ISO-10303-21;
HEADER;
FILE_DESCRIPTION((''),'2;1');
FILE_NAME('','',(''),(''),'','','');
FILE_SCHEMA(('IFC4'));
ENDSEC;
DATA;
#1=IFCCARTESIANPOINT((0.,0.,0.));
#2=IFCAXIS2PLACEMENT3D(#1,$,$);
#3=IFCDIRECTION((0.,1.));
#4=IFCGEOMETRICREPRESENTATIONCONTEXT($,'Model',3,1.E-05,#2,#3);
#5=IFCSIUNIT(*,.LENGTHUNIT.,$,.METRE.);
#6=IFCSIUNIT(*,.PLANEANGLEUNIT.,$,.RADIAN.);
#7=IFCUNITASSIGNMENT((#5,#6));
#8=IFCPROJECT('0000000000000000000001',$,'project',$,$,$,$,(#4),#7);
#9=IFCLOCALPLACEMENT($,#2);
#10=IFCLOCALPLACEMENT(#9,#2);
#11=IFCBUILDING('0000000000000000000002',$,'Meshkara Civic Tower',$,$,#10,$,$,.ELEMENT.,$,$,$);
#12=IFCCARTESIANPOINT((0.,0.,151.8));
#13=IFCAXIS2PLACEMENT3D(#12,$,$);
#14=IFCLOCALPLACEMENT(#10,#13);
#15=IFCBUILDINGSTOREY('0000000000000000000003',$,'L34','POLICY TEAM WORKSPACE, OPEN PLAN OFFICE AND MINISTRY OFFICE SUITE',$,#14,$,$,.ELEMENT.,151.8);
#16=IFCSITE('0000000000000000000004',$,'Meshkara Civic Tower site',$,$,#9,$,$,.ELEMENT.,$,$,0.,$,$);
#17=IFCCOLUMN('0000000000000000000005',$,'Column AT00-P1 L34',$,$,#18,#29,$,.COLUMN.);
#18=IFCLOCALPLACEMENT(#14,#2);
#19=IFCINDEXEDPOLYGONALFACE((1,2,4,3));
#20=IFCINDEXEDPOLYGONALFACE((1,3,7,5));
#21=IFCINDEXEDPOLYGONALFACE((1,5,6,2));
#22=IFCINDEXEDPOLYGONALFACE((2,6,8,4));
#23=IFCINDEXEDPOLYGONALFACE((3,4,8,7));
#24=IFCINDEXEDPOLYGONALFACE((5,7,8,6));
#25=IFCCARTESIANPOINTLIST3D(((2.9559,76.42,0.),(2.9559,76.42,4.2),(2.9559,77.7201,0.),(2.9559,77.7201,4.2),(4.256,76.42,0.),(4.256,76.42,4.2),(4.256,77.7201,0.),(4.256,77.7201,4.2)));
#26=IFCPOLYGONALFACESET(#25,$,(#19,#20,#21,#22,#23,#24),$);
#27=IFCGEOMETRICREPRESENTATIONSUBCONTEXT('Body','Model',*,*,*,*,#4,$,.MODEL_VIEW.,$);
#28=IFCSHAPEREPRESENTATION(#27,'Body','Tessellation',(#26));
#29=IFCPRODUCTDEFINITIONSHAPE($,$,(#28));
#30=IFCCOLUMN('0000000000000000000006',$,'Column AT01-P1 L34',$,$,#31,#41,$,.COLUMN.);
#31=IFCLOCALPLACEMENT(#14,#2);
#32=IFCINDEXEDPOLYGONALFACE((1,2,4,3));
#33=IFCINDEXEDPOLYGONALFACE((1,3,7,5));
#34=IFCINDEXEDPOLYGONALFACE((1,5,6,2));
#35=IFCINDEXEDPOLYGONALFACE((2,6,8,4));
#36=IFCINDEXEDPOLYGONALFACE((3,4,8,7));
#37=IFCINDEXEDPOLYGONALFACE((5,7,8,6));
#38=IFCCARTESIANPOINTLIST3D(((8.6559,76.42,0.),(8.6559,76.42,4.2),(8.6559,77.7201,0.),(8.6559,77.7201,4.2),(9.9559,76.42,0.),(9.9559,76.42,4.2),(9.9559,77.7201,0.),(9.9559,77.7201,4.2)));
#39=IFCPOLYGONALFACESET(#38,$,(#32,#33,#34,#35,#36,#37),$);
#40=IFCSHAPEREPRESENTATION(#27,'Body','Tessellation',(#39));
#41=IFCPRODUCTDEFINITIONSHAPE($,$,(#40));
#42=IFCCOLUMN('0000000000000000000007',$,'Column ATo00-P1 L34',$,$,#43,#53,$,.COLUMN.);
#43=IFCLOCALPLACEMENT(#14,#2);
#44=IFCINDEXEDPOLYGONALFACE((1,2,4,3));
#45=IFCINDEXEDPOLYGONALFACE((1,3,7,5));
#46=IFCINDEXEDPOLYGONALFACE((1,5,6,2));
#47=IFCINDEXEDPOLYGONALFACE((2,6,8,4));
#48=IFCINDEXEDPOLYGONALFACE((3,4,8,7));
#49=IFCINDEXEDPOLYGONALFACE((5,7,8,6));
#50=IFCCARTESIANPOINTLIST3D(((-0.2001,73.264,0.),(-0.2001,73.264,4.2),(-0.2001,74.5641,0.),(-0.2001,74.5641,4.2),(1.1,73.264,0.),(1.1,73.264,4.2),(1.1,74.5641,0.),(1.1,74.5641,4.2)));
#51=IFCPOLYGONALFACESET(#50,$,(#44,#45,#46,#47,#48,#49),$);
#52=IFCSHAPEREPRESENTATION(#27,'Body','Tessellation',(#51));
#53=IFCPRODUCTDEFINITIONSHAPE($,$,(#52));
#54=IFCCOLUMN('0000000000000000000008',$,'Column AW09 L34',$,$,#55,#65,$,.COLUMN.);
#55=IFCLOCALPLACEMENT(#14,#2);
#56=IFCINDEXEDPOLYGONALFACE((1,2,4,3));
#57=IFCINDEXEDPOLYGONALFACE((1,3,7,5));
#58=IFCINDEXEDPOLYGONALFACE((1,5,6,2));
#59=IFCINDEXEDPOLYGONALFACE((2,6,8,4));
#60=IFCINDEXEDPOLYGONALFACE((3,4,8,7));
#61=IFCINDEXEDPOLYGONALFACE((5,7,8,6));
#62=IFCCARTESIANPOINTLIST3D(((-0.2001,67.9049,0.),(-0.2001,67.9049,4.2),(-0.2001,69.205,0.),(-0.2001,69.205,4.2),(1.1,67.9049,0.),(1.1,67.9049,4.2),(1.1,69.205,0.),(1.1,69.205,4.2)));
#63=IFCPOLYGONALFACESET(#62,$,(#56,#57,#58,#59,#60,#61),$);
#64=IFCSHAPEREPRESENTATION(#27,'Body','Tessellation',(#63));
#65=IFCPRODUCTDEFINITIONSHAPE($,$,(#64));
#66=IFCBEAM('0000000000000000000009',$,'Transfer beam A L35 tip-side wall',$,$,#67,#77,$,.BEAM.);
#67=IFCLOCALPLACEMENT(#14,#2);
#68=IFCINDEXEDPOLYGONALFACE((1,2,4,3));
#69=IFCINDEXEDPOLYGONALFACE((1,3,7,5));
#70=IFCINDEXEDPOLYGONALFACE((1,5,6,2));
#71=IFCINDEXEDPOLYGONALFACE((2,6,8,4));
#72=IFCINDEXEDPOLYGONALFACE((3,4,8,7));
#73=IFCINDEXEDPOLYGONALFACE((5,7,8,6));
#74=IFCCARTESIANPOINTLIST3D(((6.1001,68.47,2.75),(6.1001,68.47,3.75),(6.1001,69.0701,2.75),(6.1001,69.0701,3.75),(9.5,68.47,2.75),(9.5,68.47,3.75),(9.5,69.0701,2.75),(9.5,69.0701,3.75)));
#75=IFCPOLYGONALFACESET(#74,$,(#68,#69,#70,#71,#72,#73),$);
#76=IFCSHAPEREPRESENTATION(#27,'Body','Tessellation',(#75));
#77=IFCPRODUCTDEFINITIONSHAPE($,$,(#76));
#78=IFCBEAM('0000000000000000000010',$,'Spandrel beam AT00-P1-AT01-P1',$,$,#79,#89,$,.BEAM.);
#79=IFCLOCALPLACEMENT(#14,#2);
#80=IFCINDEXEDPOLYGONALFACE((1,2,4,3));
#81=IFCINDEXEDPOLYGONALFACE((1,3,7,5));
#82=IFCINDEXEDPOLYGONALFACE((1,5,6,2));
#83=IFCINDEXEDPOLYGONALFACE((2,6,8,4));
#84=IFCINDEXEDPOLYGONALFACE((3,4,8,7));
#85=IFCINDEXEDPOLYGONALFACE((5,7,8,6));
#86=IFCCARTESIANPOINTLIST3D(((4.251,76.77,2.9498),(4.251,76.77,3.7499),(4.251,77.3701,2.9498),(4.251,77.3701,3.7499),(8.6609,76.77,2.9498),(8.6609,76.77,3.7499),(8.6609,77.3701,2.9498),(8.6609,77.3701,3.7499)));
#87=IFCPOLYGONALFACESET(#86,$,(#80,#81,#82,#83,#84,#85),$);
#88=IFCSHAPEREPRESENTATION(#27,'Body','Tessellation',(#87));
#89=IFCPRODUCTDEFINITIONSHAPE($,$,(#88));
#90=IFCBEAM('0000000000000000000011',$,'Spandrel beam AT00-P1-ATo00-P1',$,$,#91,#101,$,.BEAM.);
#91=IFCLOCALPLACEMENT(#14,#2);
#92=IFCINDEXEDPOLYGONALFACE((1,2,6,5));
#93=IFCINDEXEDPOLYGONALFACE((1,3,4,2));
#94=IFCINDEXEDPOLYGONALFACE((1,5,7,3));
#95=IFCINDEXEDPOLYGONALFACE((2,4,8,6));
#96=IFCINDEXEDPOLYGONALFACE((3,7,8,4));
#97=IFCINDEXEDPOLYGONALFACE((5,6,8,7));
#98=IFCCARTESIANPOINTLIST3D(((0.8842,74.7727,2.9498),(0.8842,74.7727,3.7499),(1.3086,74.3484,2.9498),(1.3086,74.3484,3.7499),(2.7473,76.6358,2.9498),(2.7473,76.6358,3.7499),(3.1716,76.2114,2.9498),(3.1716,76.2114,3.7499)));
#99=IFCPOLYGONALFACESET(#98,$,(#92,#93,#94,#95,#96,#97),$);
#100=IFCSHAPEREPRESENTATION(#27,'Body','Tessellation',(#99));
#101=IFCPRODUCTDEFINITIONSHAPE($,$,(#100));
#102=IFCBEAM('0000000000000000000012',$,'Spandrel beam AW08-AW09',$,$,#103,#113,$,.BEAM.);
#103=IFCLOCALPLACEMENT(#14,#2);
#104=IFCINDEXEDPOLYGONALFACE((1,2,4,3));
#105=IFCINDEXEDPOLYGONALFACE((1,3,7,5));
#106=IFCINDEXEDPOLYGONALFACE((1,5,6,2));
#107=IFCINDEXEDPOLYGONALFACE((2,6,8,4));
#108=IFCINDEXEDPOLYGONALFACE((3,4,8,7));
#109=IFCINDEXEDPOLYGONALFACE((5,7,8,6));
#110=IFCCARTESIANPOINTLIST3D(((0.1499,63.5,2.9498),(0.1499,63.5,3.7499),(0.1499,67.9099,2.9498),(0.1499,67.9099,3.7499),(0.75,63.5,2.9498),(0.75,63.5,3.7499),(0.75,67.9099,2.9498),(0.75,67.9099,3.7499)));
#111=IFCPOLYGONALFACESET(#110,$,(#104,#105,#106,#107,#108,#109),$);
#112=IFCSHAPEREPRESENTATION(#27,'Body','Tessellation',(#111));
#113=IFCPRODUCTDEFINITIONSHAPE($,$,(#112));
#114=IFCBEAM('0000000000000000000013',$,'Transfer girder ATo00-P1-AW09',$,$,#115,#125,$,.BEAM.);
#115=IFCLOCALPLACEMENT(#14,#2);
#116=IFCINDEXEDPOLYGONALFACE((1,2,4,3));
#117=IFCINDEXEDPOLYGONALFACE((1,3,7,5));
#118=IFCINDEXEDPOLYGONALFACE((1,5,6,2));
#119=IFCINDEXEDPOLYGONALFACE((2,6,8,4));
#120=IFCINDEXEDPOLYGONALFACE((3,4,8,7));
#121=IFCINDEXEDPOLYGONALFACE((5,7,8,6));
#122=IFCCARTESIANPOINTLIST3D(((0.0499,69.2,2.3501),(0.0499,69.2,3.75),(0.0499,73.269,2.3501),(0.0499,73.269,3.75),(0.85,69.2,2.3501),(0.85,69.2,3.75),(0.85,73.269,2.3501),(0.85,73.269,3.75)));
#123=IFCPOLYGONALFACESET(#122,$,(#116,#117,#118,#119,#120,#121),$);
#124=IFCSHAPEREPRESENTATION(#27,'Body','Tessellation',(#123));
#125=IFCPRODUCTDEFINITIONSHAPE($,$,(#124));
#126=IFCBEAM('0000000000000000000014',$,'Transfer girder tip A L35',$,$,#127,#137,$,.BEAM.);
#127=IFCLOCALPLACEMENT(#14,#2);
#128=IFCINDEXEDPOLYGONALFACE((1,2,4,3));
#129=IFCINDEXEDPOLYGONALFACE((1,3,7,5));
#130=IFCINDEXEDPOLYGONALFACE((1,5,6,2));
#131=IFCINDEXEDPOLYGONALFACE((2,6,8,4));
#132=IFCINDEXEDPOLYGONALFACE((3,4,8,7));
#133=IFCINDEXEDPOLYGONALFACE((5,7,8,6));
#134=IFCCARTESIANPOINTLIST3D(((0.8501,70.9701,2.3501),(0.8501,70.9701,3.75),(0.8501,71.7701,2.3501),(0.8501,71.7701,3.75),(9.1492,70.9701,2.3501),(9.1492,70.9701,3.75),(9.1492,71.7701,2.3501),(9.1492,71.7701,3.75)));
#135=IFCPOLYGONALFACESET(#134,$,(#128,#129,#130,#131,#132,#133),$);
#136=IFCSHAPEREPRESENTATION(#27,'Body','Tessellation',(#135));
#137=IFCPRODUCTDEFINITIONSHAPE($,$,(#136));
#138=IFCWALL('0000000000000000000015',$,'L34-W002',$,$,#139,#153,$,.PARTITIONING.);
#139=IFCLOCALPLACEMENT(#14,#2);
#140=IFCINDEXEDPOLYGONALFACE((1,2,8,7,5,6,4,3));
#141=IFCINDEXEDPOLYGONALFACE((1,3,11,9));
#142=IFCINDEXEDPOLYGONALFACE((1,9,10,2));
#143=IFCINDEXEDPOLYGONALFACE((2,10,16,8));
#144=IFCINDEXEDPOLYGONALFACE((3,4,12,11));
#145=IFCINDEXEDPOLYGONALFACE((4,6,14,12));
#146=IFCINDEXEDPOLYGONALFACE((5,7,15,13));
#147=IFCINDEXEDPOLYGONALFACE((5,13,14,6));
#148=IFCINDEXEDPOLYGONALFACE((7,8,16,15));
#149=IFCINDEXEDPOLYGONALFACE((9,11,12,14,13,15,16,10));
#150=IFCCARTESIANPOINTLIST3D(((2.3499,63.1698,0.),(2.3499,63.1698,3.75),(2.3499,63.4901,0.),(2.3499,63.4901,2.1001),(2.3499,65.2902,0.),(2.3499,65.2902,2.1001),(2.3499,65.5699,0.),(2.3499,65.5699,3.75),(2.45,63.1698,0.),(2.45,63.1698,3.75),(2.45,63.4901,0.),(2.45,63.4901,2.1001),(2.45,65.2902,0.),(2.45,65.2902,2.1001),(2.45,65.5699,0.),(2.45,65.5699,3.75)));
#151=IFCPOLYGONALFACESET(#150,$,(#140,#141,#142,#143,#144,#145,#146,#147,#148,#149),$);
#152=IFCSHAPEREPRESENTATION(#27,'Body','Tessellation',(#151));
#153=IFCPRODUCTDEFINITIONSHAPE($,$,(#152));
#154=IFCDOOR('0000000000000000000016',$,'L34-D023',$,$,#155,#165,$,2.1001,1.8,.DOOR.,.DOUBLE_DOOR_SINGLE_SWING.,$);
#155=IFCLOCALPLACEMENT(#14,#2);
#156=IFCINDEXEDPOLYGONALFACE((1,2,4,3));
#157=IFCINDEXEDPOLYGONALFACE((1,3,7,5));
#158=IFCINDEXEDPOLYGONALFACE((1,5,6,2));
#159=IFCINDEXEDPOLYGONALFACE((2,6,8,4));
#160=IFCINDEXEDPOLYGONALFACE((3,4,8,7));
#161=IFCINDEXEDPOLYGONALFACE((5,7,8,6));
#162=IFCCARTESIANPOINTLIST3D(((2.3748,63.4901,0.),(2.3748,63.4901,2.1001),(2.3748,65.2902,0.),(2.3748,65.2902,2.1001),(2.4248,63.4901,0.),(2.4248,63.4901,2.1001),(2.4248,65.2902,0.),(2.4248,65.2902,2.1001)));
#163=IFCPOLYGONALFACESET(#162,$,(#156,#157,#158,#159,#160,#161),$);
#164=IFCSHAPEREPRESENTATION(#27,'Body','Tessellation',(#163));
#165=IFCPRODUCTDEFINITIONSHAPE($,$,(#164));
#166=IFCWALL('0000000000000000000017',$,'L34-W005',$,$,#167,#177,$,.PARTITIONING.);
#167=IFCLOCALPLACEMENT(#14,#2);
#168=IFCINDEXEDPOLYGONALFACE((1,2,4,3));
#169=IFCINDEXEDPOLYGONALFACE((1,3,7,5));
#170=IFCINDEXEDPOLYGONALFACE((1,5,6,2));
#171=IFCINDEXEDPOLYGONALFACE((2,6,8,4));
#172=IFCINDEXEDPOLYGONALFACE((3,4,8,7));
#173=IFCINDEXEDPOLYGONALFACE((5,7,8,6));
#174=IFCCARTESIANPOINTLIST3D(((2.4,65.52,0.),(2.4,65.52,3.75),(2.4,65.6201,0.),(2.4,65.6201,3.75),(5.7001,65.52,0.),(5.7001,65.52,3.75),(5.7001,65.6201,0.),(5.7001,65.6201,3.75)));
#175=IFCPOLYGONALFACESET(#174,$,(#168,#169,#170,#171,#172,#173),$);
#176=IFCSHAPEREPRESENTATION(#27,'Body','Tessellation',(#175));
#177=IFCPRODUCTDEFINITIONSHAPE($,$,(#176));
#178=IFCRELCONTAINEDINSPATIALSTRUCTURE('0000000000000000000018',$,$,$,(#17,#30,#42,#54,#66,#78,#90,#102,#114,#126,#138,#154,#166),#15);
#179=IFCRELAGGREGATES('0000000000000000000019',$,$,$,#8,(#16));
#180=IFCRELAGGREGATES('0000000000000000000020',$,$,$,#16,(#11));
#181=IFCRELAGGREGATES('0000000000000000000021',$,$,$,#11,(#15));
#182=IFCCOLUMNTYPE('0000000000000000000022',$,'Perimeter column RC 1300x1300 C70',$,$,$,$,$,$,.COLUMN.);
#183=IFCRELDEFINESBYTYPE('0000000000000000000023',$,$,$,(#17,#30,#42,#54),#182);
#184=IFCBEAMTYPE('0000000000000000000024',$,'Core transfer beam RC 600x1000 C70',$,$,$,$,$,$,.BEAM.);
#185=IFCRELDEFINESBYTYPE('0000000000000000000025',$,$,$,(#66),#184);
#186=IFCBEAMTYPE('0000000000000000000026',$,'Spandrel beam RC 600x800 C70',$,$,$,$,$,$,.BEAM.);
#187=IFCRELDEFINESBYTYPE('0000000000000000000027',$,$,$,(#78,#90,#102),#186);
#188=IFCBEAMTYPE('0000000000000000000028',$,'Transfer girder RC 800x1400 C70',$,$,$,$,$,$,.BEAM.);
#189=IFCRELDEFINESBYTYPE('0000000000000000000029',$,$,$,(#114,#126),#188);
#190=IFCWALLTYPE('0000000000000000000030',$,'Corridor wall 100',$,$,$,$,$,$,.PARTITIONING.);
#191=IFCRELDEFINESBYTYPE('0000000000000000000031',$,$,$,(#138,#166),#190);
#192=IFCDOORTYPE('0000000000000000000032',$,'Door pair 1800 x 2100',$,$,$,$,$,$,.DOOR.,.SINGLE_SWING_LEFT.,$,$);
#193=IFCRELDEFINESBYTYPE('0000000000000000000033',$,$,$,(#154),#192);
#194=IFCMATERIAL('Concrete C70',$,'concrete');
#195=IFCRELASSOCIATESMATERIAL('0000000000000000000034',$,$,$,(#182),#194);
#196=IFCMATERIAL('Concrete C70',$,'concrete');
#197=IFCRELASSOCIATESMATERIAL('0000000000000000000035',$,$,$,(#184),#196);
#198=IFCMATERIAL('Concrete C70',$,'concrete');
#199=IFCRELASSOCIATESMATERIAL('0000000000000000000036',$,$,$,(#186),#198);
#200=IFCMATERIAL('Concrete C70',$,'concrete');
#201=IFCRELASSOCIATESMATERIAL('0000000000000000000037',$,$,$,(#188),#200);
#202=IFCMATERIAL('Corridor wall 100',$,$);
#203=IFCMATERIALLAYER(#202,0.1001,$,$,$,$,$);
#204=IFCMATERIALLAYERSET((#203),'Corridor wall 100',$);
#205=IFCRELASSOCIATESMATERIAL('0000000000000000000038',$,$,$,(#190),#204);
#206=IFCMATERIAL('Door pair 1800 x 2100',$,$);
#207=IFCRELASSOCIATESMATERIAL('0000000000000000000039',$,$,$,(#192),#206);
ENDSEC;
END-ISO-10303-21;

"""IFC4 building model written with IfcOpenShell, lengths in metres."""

from ifc_helpers import new_model, si_unit, direction, frame, frame_2d, origin, origin_2d, place, context, subcontext, project, spatial, rectangle, extrude, material, layer, layer_set, material_profile, profile_set, type_object, element, fill, save


model = new_model("IFC4")

# Units and contexts
model_context = context("Model", 3, precision=1e-05, world=origin(), true_north=direction((0.0, 1.0)))
body_context = subcontext(model_context, "Body", "Model", "MODEL_VIEW")
ifc_project = project(units=[si_unit("LENGTHUNIT", "METRE"), si_unit("PLANEANGLEUNIT", "RADIAN")], contexts=[model_context])

# Site, building, storey
site_placement = place(None, origin())
site = spatial("IfcSite", under=ifc_project, at=site_placement, Name="Meshkara Civic Tower site", CompositionType="ELEMENT", RefElevation=0.0)
building_placement = place(site_placement, origin())
building = spatial("IfcBuilding", under=site, at=building_placement, Name="Meshkara Civic Tower", CompositionType="ELEMENT")
storey_placement = place(building_placement, frame((0.0, 0.0, 151.8)))
storey = spatial("IfcBuildingStorey", under=building, at=storey_placement, Name="L34", Description="POLICY TEAM WORKSPACE, OPEN PLAN OFFICE AND MINISTRY OFFICE SUITE", CompositionType="ELEMENT", Elevation=151.8)

# Columns
ifc_material_1 = material(Name="Concrete C70", Category="concrete")
ifc_material_profile_1 = material_profile(ifc_material_1, rectangle(XDim=1.3, YDim=1.3, at=origin_2d()))
ifc_profile_set_1 = profile_set([ifc_material_profile_1], Name="Concrete C70")
column_type = type_object("IfcColumnType", Name="Perimeter column RC 1300x1300 C70", PredefinedType="COLUMN", material=ifc_profile_set_1)
for number, where, z_axis, x_axis, name in (
    (1, (3.606, 77.0701, 0.0), (0.0, 0.0, 1.0), (1.0, 0.0, 0.0), "Column AT00-P1 L34"),
    (2, (9.3059, 77.0701, 0.0), (0.0, 0.0, 1.0), (1.0, 0.0, 0.0), "Column AT01-P1 L34"),
    (3, (0.45, 73.9141, 0.0), (0.0, 0.0, 1.0), (1.0, 0.0, 0.0), "Column ATo00-P1 L34"),
    (4, (0.45, 68.5549, 0.0), (0.0, 0.0, 1.0), (1.0, 0.0, 0.0), "Column AW09 L34"),
):
    element("IfcColumn", number, at=place(storey_placement, frame(where, z_axis=z_axis, x_axis=x_axis)), inside=storey, type_object=column_type, Name=name, PredefinedType="COLUMN", context=body_context, shape_type="SweptSolid", body=[
        extrude(rectangle(XDim=1.3, YDim=1.3, at=origin_2d()), origin(), (0.0, 0.0, 1.0), 4.2),
    ])

# Beams
ifc_material_2 = material(Name="Concrete C70", Category="concrete")
ifc_material_profile_2 = material_profile(ifc_material_2, rectangle(XDim=0.6001, YDim=1.0, at=origin_2d()))
ifc_profile_set_2 = profile_set([ifc_material_profile_2], Name="Concrete C70")
beam_type_1 = type_object("IfcBeamType", Name="Core transfer beam RC 600x1000 C70", PredefinedType="BEAM", material=ifc_profile_set_2)
beam_1_placement = place(storey_placement, frame((6.1001, 68.77, 3.25), z_axis=(1.0, 0.0, 0.0), x_axis=(0.0, 1.0, 0.0)))
element("IfcBeam", 5, at=beam_1_placement, inside=storey, type_object=beam_type_1, Name="Transfer beam A L35 tip-side wall", PredefinedType="BEAM", context=body_context, shape_type="SweptSolid", body=[
    extrude(rectangle(XDim=0.6001, YDim=1.0, at=origin_2d()), origin(), (0.0, 0.0, 1.0), 3.3999),
])
ifc_material_3 = material(Name="Concrete C70", Category="concrete")
ifc_material_profile_3 = material_profile(ifc_material_3, rectangle(XDim=0.6001, YDim=0.8, at=origin_2d()))
ifc_profile_set_3 = profile_set([ifc_material_profile_3], Name="Concrete C70")
beam_type_2 = type_object("IfcBeamType", Name="Spandrel beam RC 600x800 C70", PredefinedType="BEAM", material=ifc_profile_set_3)
beam_2_placement = place(storey_placement, frame((8.6609, 77.0701, 3.3499), z_axis=(-1.0, 0.0, 0.0), x_axis=(0.0, -1.0, 0.0)))
element("IfcBeam", 6, at=beam_2_placement, inside=storey, type_object=beam_type_2, Name="Spandrel beam AT00-P1-AT01-P1", PredefinedType="BEAM", context=body_context, shape_type="SweptSolid", body=[
    extrude(rectangle(XDim=0.6001, YDim=0.8, at=origin_2d()), origin(), (0.0, 0.0, 1.0), 4.4099),
])
beam_3_placement = place(storey_placement, frame((2.9595, 76.4236, 3.3499), z_axis=(-0.707107, -0.707107, 0.0), x_axis=(0.707107, -0.707107, 0.0)))
element("IfcBeam", 7, at=beam_3_placement, inside=storey, type_object=beam_type_2, Name="Spandrel beam AT00-P1-ATo00-P1", PredefinedType="BEAM", context=body_context, shape_type="SweptSolid", body=[
    extrude(rectangle(XDim=0.6001, YDim=0.8, at=origin_2d()), origin(), (0.0, 0.0, 1.0), 2.6348),
])
beam_4_placement = place(storey_placement, frame((0.45, 67.9099, 3.3499), z_axis=(0.0, -1.0, 0.0), x_axis=(1.0, 0.0, 0.0)))
element("IfcBeam", 8, at=beam_4_placement, inside=storey, type_object=beam_type_2, Name="Spandrel beam AW08-AW09", PredefinedType="BEAM", context=body_context, shape_type="SweptSolid", body=[
    extrude(rectangle(XDim=0.6001, YDim=0.8, at=origin_2d()), origin(), (0.0, 0.0, 1.0), 4.4099),
])
ifc_material_4 = material(Name="Concrete C70", Category="concrete")
ifc_material_profile_4 = material_profile(ifc_material_4, rectangle(XDim=0.8, YDim=1.3999, at=origin_2d()))
ifc_profile_set_4 = profile_set([ifc_material_profile_4], Name="Concrete C70")
beam_type_3 = type_object("IfcBeamType", Name="Transfer girder RC 800x1400 C70", PredefinedType="BEAM", material=ifc_profile_set_4)
beam_5_placement = place(storey_placement, frame((0.45, 69.2, 3.05), z_axis=(0.0, 1.0, 0.0), x_axis=(-1.0, 0.0, 0.0)))
element("IfcBeam", 9, at=beam_5_placement, inside=storey, type_object=beam_type_3, Name="Transfer girder ATo00-P1-AW09", PredefinedType="BEAM", context=body_context, shape_type="SweptSolid", body=[
    extrude(rectangle(XDim=0.8, YDim=1.3999, at=origin_2d()), origin(), (0.0, 0.0, 1.0), 4.0691),
])
beam_6_placement = place(storey_placement, frame((0.8501, 71.3701, 3.05), z_axis=(1.0, 0.0, 0.0), x_axis=(0.0, 1.0, 0.0)))
element("IfcBeam", 10, at=beam_6_placement, inside=storey, type_object=beam_type_3, Name="Transfer girder tip A L35", PredefinedType="BEAM", context=body_context, shape_type="SweptSolid", body=[
    extrude(rectangle(XDim=0.8, YDim=1.3999, at=origin_2d()), origin(), (0.0, 0.0, 1.0), 8.2991),
])

# Wall, opening, door
ifc_material_5 = material(Name="Corridor wall 100")
ifc_layer_1 = layer(ifc_material_5, 0.1001)
ifc_layer_set_1 = layer_set([ifc_layer_1], Name="Corridor wall 100")
wall_type_1 = type_object("IfcWallType", Name="Corridor wall 100", PredefinedType="PARTITIONING", material=ifc_layer_set_1)
wall_1_placement = place(storey_placement, frame((2.3999, 65.5701, 0.0), z_axis=(0.0, 0.0, 1.0), x_axis=(0.0, -1.0, 0.0)))
wall_1 = element("IfcWall", 11, at=wall_1_placement, inside=storey, type_object=wall_type_1, Name="L34-W002", PredefinedType="PARTITIONING", context=body_context, shape_type="SweptSolid", body=[
    extrude(rectangle(XDim=2.4001, YDim=0.1001, at=frame_2d((1.2002, 0.0))), origin(), (0.0, 0.0, 1.0), 3.75),
])
opening_1_placement = place(wall_1_placement, frame((0.28, 0.0, 0.0)))
opening_1 = element("IfcOpeningElement", 12, at=opening_1_placement, cuts=wall_1, PredefinedType="OPENING", context=body_context, shape_type="SweptSolid", body=[
    extrude(rectangle(XDim=1.8, YDim=2.1001, at=frame_2d((0.8999, 1.05))), frame((0.0, 0.0601, 0.0), z_axis=(0.0, -1.0, 0.0), x_axis=(1.0, 0.0, 0.0)), (0.0, 0.0, 1.0), 0.1201),
])
ifc_material_6 = material(Name="Door pair 1800 x 2100")
door_type_1 = type_object("IfcDoorType", Name="Door pair 1800 x 2100", OperationType="SINGLE_SWING_LEFT", PredefinedType="DOOR", material=ifc_material_6)
door_1_placement = place(opening_1_placement, origin())
door_1 = element("IfcDoor", 13, at=door_1_placement, inside=storey, type_object=door_type_1, Name="L34-D023", OperationType="DOUBLE_DOOR_SINGLE_SWING", OverallHeight=2.1001, OverallWidth=1.8, PredefinedType="DOOR", context=body_context, shape_type="SweptSolid", body=[
    extrude(rectangle(XDim=1.8, YDim=2.1001, at=frame_2d((0.8999, 1.05))), frame((0.0, 0.0249, 0.0), z_axis=(0.0, -1.0, 0.0), x_axis=(1.0, 0.0, 0.0)), (0.0, 0.0, 1.0), 0.05),
])
fill(opening_1, door_1)

# Wall
wall_2_placement = place(storey_placement, frame((5.7, 65.5701, 0.0), z_axis=(0.0, 0.0, 1.0), x_axis=(-1.0, 0.0, 0.0)))
element("IfcWall", 14, at=wall_2_placement, inside=storey, type_object=wall_type_1, Name="L34-W005", PredefinedType="PARTITIONING", context=body_context, shape_type="SweptSolid", body=[
    extrude(rectangle(XDim=3.3, YDim=0.1001, at=frame_2d((1.6499, 0.0))), origin(), (0.0, 0.0, 1.0), 3.75),
])

save(model, "model.ifc")
